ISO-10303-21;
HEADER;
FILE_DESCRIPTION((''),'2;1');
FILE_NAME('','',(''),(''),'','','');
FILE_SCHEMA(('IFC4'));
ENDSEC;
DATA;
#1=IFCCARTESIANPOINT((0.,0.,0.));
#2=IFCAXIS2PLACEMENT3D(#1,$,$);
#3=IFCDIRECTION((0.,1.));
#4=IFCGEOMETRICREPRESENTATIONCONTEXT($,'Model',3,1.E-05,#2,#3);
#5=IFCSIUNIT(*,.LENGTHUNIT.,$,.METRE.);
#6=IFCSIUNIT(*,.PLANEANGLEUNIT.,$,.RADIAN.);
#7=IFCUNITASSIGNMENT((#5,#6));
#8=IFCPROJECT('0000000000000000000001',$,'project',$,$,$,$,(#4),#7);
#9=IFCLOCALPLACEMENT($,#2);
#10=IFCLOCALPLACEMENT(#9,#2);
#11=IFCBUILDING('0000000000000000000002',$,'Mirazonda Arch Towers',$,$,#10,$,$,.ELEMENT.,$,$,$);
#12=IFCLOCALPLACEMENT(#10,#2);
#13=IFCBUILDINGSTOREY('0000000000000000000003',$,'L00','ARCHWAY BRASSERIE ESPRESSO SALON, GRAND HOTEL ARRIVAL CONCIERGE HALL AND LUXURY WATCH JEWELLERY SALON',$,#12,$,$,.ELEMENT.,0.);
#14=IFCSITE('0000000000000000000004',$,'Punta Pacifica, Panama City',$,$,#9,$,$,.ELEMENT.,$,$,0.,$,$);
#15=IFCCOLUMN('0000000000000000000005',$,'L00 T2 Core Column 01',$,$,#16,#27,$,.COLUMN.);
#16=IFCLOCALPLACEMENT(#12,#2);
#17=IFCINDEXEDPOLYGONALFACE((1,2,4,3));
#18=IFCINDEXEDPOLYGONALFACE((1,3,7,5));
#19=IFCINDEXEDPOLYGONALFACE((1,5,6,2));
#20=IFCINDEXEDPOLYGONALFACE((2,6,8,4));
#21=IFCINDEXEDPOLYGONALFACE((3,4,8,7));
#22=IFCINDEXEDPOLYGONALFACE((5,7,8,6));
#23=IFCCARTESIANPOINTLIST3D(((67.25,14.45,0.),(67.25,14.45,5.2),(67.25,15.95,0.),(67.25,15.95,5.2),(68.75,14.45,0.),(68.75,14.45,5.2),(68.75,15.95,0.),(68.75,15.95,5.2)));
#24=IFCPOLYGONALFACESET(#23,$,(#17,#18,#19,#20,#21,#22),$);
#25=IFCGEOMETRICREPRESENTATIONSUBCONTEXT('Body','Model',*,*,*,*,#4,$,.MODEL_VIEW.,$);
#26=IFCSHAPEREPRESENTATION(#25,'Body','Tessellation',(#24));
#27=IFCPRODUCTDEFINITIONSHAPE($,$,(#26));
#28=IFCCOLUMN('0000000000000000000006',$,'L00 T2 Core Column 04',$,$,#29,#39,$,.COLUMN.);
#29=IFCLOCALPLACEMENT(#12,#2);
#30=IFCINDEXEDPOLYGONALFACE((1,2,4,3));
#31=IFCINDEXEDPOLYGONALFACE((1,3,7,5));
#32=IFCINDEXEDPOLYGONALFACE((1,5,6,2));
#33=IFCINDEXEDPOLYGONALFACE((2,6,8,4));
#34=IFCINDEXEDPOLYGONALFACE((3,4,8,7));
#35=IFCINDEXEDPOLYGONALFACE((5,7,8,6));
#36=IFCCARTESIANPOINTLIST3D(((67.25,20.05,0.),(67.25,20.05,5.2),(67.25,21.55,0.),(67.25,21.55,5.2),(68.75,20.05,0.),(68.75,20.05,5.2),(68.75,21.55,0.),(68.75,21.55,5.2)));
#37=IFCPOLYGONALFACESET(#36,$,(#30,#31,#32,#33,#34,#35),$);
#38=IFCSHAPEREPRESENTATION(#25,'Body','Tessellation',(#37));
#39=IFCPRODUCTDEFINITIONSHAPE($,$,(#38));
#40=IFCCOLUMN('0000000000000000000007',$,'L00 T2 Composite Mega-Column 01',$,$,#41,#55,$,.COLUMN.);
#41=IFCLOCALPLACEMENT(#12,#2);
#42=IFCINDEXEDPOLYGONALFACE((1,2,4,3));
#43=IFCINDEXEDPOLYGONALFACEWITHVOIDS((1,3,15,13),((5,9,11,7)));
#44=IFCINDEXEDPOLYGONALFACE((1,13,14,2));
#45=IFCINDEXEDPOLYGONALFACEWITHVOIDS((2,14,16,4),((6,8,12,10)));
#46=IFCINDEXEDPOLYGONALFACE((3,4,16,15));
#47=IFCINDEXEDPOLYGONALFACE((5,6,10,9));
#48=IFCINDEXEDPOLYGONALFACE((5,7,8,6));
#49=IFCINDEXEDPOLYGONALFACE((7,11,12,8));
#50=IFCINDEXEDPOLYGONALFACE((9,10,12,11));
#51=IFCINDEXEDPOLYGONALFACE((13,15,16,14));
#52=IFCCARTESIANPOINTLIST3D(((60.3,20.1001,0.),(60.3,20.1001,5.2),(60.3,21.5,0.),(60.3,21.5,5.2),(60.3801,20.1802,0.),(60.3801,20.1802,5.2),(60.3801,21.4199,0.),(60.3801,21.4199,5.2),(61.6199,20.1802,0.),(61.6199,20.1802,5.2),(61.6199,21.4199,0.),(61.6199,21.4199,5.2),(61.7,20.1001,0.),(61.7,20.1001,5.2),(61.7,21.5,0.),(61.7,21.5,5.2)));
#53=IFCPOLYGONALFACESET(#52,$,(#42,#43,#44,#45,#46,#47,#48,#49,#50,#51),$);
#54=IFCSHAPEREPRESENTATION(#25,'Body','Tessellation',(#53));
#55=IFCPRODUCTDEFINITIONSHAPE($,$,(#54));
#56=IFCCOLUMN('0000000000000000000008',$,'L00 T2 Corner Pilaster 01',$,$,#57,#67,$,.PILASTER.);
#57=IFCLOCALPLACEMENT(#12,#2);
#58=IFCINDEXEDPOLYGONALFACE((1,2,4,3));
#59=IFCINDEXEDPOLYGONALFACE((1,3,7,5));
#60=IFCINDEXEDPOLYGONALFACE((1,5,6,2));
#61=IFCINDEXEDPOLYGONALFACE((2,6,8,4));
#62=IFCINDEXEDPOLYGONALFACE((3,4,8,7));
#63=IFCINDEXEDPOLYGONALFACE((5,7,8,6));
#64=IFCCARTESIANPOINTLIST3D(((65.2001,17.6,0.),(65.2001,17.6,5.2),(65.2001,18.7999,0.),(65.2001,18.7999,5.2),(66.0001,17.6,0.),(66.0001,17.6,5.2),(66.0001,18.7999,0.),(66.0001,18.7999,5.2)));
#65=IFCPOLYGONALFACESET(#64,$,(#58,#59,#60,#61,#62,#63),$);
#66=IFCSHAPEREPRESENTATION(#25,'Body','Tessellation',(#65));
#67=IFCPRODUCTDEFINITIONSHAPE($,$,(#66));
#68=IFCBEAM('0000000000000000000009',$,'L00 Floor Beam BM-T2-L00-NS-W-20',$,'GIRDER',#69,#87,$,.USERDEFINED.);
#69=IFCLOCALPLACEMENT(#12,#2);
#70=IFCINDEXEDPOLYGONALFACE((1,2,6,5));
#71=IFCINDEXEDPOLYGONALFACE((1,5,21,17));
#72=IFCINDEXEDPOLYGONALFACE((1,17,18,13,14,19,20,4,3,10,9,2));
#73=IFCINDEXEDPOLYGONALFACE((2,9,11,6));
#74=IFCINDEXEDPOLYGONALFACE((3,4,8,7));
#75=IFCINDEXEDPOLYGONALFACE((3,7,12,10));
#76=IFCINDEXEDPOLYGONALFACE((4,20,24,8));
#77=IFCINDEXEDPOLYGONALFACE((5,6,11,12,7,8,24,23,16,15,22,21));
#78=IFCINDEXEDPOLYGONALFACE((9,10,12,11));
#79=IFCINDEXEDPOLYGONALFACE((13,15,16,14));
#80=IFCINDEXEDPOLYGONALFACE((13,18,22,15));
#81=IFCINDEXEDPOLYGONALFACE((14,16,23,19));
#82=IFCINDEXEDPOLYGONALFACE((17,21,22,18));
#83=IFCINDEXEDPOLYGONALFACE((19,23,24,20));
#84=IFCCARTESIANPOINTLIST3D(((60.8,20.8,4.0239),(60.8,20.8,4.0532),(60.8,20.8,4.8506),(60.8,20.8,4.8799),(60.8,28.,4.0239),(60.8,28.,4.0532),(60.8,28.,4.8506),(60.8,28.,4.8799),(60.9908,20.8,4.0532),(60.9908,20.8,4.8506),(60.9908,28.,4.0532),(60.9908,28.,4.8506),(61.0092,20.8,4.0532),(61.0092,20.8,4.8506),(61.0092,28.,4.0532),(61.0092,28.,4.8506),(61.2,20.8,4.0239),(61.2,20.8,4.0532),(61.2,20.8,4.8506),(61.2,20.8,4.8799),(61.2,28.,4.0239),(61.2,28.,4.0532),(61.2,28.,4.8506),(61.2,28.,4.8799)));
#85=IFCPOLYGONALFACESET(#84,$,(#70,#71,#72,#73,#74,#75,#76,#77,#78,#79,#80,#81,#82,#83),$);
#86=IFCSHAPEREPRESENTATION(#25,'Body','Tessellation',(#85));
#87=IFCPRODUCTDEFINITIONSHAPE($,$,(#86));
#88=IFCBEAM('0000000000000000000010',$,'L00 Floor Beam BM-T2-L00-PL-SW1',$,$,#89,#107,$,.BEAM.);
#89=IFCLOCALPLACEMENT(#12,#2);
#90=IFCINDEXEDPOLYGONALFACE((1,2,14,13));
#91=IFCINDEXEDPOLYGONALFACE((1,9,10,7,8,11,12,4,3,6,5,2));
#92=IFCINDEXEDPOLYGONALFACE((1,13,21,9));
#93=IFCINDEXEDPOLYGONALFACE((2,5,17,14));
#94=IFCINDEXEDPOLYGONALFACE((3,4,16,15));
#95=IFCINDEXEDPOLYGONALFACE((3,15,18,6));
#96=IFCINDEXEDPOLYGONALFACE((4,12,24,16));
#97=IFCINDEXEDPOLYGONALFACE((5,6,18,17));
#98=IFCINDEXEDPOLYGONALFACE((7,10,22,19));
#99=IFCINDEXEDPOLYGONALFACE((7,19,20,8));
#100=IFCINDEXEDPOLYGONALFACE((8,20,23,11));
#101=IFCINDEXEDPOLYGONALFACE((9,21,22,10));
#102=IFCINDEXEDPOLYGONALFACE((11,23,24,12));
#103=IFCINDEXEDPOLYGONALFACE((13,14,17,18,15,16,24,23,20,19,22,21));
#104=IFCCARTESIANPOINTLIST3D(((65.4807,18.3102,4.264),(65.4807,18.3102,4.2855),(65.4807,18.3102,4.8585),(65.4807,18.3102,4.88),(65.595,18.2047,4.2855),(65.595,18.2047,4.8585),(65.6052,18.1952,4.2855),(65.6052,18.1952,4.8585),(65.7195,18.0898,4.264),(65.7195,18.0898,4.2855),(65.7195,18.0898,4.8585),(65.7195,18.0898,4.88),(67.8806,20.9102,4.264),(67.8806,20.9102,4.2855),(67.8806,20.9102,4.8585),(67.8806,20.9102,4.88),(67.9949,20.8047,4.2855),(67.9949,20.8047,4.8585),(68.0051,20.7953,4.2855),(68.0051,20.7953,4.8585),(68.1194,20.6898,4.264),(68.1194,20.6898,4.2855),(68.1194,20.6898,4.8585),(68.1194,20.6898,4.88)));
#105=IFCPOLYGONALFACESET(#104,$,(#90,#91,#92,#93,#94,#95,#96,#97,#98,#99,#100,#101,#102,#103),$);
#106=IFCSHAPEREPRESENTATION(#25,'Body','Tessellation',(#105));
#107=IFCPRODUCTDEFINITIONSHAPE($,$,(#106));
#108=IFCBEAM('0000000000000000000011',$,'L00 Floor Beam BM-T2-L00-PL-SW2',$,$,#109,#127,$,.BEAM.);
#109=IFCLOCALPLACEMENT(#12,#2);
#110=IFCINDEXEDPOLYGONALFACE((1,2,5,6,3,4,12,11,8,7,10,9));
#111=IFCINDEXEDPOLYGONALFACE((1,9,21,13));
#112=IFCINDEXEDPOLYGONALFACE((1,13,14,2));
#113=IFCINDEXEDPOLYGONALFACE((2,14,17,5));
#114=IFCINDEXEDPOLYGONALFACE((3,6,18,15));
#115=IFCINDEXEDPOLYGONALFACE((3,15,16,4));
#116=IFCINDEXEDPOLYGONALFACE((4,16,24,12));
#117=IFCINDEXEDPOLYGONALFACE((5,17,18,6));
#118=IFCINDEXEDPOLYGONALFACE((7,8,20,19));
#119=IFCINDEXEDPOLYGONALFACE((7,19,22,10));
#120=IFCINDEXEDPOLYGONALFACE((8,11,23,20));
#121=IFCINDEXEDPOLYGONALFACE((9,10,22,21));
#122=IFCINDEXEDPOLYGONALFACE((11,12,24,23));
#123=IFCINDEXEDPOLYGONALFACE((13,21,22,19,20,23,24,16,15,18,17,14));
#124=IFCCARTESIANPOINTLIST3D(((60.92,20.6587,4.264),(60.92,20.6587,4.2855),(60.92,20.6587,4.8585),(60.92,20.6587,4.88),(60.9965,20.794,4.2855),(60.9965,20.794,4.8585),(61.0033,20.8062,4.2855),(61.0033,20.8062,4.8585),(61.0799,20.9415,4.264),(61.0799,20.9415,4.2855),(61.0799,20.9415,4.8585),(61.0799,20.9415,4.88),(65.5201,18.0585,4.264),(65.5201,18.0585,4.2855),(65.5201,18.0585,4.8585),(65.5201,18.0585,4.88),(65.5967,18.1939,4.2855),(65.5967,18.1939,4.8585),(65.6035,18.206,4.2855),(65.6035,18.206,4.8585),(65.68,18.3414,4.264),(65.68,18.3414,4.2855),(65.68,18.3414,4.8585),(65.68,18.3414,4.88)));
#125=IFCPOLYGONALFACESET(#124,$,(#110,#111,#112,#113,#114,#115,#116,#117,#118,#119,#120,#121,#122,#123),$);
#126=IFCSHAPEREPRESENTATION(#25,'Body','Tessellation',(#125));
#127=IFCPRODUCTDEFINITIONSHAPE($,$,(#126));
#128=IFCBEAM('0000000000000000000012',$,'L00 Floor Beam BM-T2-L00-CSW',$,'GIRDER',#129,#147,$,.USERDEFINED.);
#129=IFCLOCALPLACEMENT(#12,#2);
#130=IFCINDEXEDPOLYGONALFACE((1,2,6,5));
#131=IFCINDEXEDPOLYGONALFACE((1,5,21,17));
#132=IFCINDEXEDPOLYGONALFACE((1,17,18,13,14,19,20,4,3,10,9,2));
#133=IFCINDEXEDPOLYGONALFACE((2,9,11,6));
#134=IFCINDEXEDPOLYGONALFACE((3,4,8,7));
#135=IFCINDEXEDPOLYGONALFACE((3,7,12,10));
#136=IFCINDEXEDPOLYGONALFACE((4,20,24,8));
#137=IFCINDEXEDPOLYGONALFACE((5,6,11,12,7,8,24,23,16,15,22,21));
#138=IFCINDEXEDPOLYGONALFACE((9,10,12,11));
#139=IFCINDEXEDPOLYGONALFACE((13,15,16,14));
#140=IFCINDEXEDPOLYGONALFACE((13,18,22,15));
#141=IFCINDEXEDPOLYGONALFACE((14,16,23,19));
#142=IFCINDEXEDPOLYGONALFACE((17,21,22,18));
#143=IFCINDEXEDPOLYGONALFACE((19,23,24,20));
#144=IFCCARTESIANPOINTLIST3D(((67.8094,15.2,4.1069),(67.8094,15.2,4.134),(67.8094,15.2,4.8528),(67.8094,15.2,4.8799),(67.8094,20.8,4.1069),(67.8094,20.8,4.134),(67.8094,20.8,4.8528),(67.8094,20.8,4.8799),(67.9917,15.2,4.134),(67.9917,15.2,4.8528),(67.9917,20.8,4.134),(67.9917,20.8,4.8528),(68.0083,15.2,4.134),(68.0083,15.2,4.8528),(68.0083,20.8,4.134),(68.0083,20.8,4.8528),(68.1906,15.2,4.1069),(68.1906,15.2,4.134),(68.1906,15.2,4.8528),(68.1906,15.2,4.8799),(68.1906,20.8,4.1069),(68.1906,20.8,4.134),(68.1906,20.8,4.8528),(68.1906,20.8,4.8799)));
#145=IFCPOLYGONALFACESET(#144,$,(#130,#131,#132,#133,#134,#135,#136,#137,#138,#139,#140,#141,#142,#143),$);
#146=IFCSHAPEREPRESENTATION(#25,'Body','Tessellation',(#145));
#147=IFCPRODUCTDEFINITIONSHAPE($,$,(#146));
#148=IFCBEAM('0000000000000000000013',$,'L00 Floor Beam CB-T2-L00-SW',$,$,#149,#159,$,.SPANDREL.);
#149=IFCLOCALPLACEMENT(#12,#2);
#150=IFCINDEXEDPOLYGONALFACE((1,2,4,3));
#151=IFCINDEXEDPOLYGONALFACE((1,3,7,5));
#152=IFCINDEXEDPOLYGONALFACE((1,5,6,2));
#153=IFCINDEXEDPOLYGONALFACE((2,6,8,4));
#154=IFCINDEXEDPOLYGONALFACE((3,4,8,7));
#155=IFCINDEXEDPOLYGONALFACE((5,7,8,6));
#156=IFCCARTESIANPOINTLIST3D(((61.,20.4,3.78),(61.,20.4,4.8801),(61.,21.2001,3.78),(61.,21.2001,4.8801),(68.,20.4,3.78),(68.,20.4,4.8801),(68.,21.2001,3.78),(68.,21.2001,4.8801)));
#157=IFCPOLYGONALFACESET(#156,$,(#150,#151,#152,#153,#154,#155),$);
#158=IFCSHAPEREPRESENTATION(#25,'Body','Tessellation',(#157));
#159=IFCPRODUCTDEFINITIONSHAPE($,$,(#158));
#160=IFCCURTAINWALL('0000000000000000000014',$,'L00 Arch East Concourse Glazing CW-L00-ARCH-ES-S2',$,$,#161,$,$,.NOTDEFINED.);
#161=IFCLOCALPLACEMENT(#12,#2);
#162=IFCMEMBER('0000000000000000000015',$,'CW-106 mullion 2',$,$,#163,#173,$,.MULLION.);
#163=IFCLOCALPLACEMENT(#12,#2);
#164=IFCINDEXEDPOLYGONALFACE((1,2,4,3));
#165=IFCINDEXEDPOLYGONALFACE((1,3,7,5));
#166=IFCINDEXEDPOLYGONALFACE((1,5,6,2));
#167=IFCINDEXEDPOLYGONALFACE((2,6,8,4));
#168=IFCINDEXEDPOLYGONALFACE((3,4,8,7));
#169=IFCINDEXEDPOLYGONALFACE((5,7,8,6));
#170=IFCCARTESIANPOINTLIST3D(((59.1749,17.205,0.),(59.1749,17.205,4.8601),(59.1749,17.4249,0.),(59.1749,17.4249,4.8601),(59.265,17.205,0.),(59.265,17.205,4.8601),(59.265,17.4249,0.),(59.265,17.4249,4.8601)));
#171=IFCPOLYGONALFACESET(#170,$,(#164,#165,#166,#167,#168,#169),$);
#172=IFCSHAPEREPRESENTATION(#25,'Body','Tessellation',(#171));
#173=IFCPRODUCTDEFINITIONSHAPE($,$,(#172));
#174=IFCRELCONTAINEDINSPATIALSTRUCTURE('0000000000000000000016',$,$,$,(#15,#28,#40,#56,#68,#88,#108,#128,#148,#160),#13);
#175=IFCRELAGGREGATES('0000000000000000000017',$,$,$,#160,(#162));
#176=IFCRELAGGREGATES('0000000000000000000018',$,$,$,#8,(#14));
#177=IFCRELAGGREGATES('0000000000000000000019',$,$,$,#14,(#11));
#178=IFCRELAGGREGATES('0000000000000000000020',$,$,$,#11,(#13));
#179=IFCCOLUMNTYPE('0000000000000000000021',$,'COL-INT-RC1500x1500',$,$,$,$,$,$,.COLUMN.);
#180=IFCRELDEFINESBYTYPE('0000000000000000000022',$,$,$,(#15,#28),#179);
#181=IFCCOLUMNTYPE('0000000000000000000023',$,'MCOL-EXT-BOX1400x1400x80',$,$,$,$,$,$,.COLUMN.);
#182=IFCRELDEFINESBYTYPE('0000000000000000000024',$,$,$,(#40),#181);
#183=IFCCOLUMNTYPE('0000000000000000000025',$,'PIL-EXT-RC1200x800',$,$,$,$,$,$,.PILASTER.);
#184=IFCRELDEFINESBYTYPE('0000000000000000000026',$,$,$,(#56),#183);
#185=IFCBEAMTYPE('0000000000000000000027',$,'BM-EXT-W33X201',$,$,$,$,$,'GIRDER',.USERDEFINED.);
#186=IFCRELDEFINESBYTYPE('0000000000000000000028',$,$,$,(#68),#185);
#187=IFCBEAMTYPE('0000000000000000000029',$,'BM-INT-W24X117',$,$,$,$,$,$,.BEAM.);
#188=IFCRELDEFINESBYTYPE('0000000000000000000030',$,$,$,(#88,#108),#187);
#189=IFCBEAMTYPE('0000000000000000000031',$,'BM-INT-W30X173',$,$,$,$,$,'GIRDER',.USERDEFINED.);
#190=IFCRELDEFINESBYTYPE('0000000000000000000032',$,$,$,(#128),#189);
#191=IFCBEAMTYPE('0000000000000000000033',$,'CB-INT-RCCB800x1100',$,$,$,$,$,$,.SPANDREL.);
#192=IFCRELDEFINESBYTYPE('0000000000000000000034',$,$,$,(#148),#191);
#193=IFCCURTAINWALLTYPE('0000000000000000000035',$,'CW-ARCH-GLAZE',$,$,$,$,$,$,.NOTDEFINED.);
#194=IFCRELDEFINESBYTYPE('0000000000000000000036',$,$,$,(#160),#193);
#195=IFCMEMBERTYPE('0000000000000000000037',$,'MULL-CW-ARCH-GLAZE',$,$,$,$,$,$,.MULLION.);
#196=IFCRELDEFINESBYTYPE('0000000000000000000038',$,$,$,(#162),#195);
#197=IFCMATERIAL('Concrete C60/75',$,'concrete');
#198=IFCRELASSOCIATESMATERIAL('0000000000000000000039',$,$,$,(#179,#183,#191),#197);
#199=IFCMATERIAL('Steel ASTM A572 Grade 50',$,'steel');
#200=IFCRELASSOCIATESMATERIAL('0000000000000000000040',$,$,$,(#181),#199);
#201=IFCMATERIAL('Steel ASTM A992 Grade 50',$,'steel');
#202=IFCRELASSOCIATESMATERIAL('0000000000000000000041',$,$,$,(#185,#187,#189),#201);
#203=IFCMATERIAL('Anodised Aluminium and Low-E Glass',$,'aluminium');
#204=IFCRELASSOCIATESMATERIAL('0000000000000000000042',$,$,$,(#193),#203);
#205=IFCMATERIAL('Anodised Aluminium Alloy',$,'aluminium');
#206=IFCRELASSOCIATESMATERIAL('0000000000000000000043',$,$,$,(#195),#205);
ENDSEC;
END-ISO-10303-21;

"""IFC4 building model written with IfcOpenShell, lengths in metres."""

from ifc_helpers import new_model, si_unit, direction, frame, origin, origin_2d, place, context, subcontext, project, spatial, rectangle, hollow_rectangle, i_section, extrude, material, material_profile, profile_set, type_object, element, aggregate, save


model = new_model("IFC4")

# Units and contexts
model_context = context("Model", 3, precision=1e-05, world=origin(), true_north=direction((0.0, 1.0)))
body_context = subcontext(model_context, "Body", "Model", "MODEL_VIEW")
ifc_project = project(units=[si_unit("LENGTHUNIT", "METRE"), si_unit("PLANEANGLEUNIT", "RADIAN")], contexts=[model_context])

# Site, building, storey
site_placement = place(None, origin())
site = spatial("IfcSite", under=ifc_project, at=site_placement, Name="Punta Pacifica, Panama City", CompositionType="ELEMENT", RefElevation=0.0)
building_placement = place(site_placement, origin())
building = spatial("IfcBuilding", under=site, at=building_placement, Name="Mirazonda Arch Towers", CompositionType="ELEMENT")
storey_placement = place(building_placement, origin())
storey = spatial("IfcBuildingStorey", under=building, at=storey_placement, Name="L00", Description="ARCHWAY BRASSERIE ESPRESSO SALON, GRAND HOTEL ARRIVAL CONCIERGE HALL AND LUXURY WATCH JEWELLERY SALON", CompositionType="ELEMENT", Elevation=0.0)

# Columns
ifc_material_1 = material(Name="Concrete C60/75", Category="concrete")
ifc_material_profile_1 = material_profile(ifc_material_1, rectangle(XDim=1.5, YDim=1.5, at=origin_2d()), Name="RC1500x1500")
ifc_profile_set_1 = profile_set([ifc_material_profile_1], Name="Concrete C60/75")
column_type_1 = type_object("IfcColumnType", Name="COL-INT-RC1500x1500", PredefinedType="COLUMN", material=ifc_profile_set_1)
for number, where, z_axis, x_axis, name in (
    (1, (68.0, 15.2, 0.0), (0.0, 0.0, 1.0), (1.0, 0.0, 0.0), "L00 T2 Core Column 01"),
    (2, (68.0, 20.8, 0.0), (0.0, 0.0, 1.0), (1.0, 0.0, 0.0), "L00 T2 Core Column 04"),
):
    element("IfcColumn", number, at=place(storey_placement, frame(where, z_axis=z_axis, x_axis=x_axis)), inside=storey, type_object=column_type_1, Name=name, PredefinedType="COLUMN", context=body_context, shape_type="SweptSolid", body=[
        extrude(rectangle(XDim=1.5, YDim=1.5, at=origin_2d()), origin(), (0.0, 0.0, 1.0), 5.2),
    ])
ifc_material_2 = material(Name="Steel ASTM A572 Grade 50", Category="steel")
ifc_material_profile_2 = material_profile(ifc_material_2, hollow_rectangle(XDim=1.3999, YDim=1.3999, WallThickness=0.0801, at=origin_2d()), Name="BOX1400x1400x80")
ifc_profile_set_2 = profile_set([ifc_material_profile_2], Name="Steel ASTM A572 Grade 50")
column_type_2 = type_object("IfcColumnType", Name="MCOL-EXT-BOX1400x1400x80", PredefinedType="COLUMN", material=ifc_profile_set_2)
column_1_placement = place(storey_placement, frame((61.0, 20.8, 0.0), z_axis=(0.0, 0.0, 1.0), x_axis=(1.0, 0.0, 0.0)))
element("IfcColumn", 3, at=column_1_placement, inside=storey, type_object=column_type_2, Name="L00 T2 Composite Mega-Column 01", PredefinedType="COLUMN", context=body_context, shape_type="SweptSolid", body=[
    extrude(hollow_rectangle(XDim=1.3999, YDim=1.3999, WallThickness=0.0801, at=origin_2d()), origin(), (0.0, 0.0, 1.0), 5.2),
])
ifc_material_profile_3 = material_profile(ifc_material_1, rectangle(XDim=0.8, YDim=1.2, at=origin_2d()), Name="RC1200x800")
ifc_profile_set_3 = profile_set([ifc_material_profile_3], Name="Concrete C60/75")
column_type_3 = type_object("IfcColumnType", Name="PIL-EXT-RC1200x800", PredefinedType="PILASTER", material=ifc_profile_set_3)
column_2_placement = place(storey_placement, frame((65.6001, 18.2, 0.0), z_axis=(0.0, 0.0, 1.0), x_axis=(1.0, 0.0, 0.0)))
element("IfcColumn", 4, at=column_2_placement, inside=storey, type_object=column_type_3, Name="L00 T2 Corner Pilaster 01", PredefinedType="PILASTER", context=body_context, shape_type="SweptSolid", body=[
    extrude(rectangle(XDim=0.8, YDim=1.2, at=origin_2d()), origin(), (0.0, 0.0, 1.0), 5.2),
])

# Beams
ifc_material_3 = material(Name="Steel ASTM A992 Grade 50", Category="steel")
ifc_material_profile_4 = material_profile(ifc_material_3, i_section(OverallWidth=0.3999, OverallDepth=0.856, WebThickness=0.0183, FlangeThickness=0.0293, at=origin_2d()), Name="W33X201")
ifc_profile_set_4 = profile_set([ifc_material_profile_4], Name="Steel ASTM A992 Grade 50")
beam_type_1 = type_object("IfcBeamType", Name="BM-EXT-W33X201", ElementType="GIRDER", PredefinedType="USERDEFINED", material=ifc_profile_set_4)
beam_1_placement = place(storey_placement, frame((61.0, 20.8, 4.4519), z_axis=(0.0, 1.0, 0.0), x_axis=(-1.0, 0.0, 0.0)))
element("IfcBeam", 5, at=beam_1_placement, inside=storey, type_object=beam_type_1, Name="L00 Floor Beam BM-T2-L00-NS-W-20", ObjectType="GIRDER", PredefinedType="USERDEFINED", context=body_context, shape_type="SweptSolid", body=[
    extrude(i_section(OverallWidth=0.3999, OverallDepth=0.856, WebThickness=0.0183, FlangeThickness=0.0293, at=origin_2d()), origin(), (0.0, 0.0, 1.0), 7.2),
])
ifc_material_profile_5 = material_profile(ifc_material_3, i_section(OverallWidth=0.325, OverallDepth=0.616, WebThickness=0.0139, FlangeThickness=0.0215, at=origin_2d()), Name="W24X117")
ifc_profile_set_5 = profile_set([ifc_material_profile_5], Name="Steel ASTM A992 Grade 50")
beam_type_2 = type_object("IfcBeamType", Name="BM-INT-W24X117", PredefinedType="BEAM", material=ifc_profile_set_5)
beam_2_placement = place(storey_placement, frame((65.6001, 18.2, 4.572), z_axis=(0.678251, 0.73483, 0.0), x_axis=(-0.73483, 0.678251, 0.0)))
element("IfcBeam", 6, at=beam_2_placement, inside=storey, type_object=beam_type_2, Name="L00 Floor Beam BM-T2-L00-PL-SW1", PredefinedType="BEAM", context=body_context, shape_type="SweptSolid", body=[
    extrude(i_section(OverallWidth=0.325, OverallDepth=0.616, WebThickness=0.0139, FlangeThickness=0.0215, at=origin_2d()), origin(), (0.0, 0.0, 1.0), 3.5383),
])
beam_3_placement = place(storey_placement, frame((65.6001, 18.2, 4.572), z_axis=(-0.870559, 0.492063, 0.0), x_axis=(-0.492063, -0.870559, 0.0)))
element("IfcBeam", 7, at=beam_3_placement, inside=storey, type_object=beam_type_2, Name="L00 Floor Beam BM-T2-L00-PL-SW2", PredefinedType="BEAM", context=body_context, shape_type="SweptSolid", body=[
    extrude(i_section(OverallWidth=0.325, OverallDepth=0.616, WebThickness=0.0139, FlangeThickness=0.0215, at=origin_2d()), origin(), (0.0, 0.0, 1.0), 5.2842),
])
ifc_material_profile_6 = material_profile(ifc_material_3, i_section(OverallWidth=0.3811, OverallDepth=0.7729, WebThickness=0.0166, FlangeThickness=0.0271, at=origin_2d()), Name="W30X173")
ifc_profile_set_6 = profile_set([ifc_material_profile_6], Name="Steel ASTM A992 Grade 50")
beam_type_3 = type_object("IfcBeamType", Name="BM-INT-W30X173", ElementType="GIRDER", PredefinedType="USERDEFINED", material=ifc_profile_set_6)
beam_4_placement = place(storey_placement, frame((68.0, 15.2, 4.4934), z_axis=(0.0, 1.0, 0.0), x_axis=(-1.0, 0.0, 0.0)))
element("IfcBeam", 8, at=beam_4_placement, inside=storey, type_object=beam_type_3, Name="L00 Floor Beam BM-T2-L00-CSW", ObjectType="GIRDER", PredefinedType="USERDEFINED", context=body_context, shape_type="SweptSolid", body=[
    extrude(i_section(OverallWidth=0.3811, OverallDepth=0.7729, WebThickness=0.0166, FlangeThickness=0.0271, at=origin_2d()), origin(), (0.0, 0.0, 1.0), 5.6001),
])
ifc_material_profile_7 = material_profile(ifc_material_1, rectangle(XDim=0.8, YDim=1.1001, at=origin_2d()), Name="RCCB800x1100")
ifc_profile_set_7 = profile_set([ifc_material_profile_7], Name="Concrete C60/75")
beam_type_4 = type_object("IfcBeamType", Name="CB-INT-RCCB800x1100", PredefinedType="SPANDREL", material=ifc_profile_set_7)
beam_5_placement = place(storey_placement, frame((61.0, 20.8, 4.3301), z_axis=(1.0, 0.0, 0.0), x_axis=(0.0, 1.0, 0.0)))
element("IfcBeam", 9, at=beam_5_placement, inside=storey, type_object=beam_type_4, Name="L00 Floor Beam CB-T2-L00-SW", PredefinedType="SPANDREL", context=body_context, shape_type="SweptSolid", body=[
    extrude(rectangle(XDim=0.8, YDim=1.1001, at=origin_2d()), origin(), (0.0, 0.0, 1.0), 7.0),
])

# Curtain wall, member
ifc_material_4 = material(Name="Anodised Aluminium and Low-E Glass", Category="aluminium")
curtain_wall_type = type_object("IfcCurtainWallType", Name="CW-ARCH-GLAZE", PredefinedType="NOTDEFINED", material=ifc_material_4)
curtain_wall_placement = place(storey_placement, origin())
curtain_wall = element("IfcCurtainWall", 10, at=curtain_wall_placement, inside=storey, type_object=curtain_wall_type, Name="L00 Arch East Concourse Glazing CW-L00-ARCH-ES-S2", PredefinedType="NOTDEFINED")
ifc_material_5 = material(Name="Anodised Aluminium Alloy", Category="aluminium")
ifc_material_profile_8 = material_profile(ifc_material_5, rectangle(XDim=0.0901, YDim=0.22, at=origin_2d()), Name="ALU-MULL-90x220")
ifc_profile_set_8 = profile_set([ifc_material_profile_8], Name="Anodised Aluminium Alloy")
member_type_1 = type_object("IfcMemberType", Name="MULL-CW-ARCH-GLAZE", PredefinedType="MULLION", material=ifc_profile_set_8)
member_1_placement = place(storey_placement, frame((59.22, 17.3149, 0.0), z_axis=(0.0, 0.0, 1.0), x_axis=(-1.0, 0.0, 0.0)))
member_1 = element("IfcMember", 11, at=member_1_placement, type_object=member_type_1, Name="CW-106 mullion 2", PredefinedType="MULLION", context=body_context, shape_type="SweptSolid", body=[
    extrude(rectangle(XDim=0.0901, YDim=0.22, at=origin_2d()), origin(), (0.0, 0.0, 1.0), 4.8601),
])
aggregate(curtain_wall, [member_1])

save(model, "model.ifc")
